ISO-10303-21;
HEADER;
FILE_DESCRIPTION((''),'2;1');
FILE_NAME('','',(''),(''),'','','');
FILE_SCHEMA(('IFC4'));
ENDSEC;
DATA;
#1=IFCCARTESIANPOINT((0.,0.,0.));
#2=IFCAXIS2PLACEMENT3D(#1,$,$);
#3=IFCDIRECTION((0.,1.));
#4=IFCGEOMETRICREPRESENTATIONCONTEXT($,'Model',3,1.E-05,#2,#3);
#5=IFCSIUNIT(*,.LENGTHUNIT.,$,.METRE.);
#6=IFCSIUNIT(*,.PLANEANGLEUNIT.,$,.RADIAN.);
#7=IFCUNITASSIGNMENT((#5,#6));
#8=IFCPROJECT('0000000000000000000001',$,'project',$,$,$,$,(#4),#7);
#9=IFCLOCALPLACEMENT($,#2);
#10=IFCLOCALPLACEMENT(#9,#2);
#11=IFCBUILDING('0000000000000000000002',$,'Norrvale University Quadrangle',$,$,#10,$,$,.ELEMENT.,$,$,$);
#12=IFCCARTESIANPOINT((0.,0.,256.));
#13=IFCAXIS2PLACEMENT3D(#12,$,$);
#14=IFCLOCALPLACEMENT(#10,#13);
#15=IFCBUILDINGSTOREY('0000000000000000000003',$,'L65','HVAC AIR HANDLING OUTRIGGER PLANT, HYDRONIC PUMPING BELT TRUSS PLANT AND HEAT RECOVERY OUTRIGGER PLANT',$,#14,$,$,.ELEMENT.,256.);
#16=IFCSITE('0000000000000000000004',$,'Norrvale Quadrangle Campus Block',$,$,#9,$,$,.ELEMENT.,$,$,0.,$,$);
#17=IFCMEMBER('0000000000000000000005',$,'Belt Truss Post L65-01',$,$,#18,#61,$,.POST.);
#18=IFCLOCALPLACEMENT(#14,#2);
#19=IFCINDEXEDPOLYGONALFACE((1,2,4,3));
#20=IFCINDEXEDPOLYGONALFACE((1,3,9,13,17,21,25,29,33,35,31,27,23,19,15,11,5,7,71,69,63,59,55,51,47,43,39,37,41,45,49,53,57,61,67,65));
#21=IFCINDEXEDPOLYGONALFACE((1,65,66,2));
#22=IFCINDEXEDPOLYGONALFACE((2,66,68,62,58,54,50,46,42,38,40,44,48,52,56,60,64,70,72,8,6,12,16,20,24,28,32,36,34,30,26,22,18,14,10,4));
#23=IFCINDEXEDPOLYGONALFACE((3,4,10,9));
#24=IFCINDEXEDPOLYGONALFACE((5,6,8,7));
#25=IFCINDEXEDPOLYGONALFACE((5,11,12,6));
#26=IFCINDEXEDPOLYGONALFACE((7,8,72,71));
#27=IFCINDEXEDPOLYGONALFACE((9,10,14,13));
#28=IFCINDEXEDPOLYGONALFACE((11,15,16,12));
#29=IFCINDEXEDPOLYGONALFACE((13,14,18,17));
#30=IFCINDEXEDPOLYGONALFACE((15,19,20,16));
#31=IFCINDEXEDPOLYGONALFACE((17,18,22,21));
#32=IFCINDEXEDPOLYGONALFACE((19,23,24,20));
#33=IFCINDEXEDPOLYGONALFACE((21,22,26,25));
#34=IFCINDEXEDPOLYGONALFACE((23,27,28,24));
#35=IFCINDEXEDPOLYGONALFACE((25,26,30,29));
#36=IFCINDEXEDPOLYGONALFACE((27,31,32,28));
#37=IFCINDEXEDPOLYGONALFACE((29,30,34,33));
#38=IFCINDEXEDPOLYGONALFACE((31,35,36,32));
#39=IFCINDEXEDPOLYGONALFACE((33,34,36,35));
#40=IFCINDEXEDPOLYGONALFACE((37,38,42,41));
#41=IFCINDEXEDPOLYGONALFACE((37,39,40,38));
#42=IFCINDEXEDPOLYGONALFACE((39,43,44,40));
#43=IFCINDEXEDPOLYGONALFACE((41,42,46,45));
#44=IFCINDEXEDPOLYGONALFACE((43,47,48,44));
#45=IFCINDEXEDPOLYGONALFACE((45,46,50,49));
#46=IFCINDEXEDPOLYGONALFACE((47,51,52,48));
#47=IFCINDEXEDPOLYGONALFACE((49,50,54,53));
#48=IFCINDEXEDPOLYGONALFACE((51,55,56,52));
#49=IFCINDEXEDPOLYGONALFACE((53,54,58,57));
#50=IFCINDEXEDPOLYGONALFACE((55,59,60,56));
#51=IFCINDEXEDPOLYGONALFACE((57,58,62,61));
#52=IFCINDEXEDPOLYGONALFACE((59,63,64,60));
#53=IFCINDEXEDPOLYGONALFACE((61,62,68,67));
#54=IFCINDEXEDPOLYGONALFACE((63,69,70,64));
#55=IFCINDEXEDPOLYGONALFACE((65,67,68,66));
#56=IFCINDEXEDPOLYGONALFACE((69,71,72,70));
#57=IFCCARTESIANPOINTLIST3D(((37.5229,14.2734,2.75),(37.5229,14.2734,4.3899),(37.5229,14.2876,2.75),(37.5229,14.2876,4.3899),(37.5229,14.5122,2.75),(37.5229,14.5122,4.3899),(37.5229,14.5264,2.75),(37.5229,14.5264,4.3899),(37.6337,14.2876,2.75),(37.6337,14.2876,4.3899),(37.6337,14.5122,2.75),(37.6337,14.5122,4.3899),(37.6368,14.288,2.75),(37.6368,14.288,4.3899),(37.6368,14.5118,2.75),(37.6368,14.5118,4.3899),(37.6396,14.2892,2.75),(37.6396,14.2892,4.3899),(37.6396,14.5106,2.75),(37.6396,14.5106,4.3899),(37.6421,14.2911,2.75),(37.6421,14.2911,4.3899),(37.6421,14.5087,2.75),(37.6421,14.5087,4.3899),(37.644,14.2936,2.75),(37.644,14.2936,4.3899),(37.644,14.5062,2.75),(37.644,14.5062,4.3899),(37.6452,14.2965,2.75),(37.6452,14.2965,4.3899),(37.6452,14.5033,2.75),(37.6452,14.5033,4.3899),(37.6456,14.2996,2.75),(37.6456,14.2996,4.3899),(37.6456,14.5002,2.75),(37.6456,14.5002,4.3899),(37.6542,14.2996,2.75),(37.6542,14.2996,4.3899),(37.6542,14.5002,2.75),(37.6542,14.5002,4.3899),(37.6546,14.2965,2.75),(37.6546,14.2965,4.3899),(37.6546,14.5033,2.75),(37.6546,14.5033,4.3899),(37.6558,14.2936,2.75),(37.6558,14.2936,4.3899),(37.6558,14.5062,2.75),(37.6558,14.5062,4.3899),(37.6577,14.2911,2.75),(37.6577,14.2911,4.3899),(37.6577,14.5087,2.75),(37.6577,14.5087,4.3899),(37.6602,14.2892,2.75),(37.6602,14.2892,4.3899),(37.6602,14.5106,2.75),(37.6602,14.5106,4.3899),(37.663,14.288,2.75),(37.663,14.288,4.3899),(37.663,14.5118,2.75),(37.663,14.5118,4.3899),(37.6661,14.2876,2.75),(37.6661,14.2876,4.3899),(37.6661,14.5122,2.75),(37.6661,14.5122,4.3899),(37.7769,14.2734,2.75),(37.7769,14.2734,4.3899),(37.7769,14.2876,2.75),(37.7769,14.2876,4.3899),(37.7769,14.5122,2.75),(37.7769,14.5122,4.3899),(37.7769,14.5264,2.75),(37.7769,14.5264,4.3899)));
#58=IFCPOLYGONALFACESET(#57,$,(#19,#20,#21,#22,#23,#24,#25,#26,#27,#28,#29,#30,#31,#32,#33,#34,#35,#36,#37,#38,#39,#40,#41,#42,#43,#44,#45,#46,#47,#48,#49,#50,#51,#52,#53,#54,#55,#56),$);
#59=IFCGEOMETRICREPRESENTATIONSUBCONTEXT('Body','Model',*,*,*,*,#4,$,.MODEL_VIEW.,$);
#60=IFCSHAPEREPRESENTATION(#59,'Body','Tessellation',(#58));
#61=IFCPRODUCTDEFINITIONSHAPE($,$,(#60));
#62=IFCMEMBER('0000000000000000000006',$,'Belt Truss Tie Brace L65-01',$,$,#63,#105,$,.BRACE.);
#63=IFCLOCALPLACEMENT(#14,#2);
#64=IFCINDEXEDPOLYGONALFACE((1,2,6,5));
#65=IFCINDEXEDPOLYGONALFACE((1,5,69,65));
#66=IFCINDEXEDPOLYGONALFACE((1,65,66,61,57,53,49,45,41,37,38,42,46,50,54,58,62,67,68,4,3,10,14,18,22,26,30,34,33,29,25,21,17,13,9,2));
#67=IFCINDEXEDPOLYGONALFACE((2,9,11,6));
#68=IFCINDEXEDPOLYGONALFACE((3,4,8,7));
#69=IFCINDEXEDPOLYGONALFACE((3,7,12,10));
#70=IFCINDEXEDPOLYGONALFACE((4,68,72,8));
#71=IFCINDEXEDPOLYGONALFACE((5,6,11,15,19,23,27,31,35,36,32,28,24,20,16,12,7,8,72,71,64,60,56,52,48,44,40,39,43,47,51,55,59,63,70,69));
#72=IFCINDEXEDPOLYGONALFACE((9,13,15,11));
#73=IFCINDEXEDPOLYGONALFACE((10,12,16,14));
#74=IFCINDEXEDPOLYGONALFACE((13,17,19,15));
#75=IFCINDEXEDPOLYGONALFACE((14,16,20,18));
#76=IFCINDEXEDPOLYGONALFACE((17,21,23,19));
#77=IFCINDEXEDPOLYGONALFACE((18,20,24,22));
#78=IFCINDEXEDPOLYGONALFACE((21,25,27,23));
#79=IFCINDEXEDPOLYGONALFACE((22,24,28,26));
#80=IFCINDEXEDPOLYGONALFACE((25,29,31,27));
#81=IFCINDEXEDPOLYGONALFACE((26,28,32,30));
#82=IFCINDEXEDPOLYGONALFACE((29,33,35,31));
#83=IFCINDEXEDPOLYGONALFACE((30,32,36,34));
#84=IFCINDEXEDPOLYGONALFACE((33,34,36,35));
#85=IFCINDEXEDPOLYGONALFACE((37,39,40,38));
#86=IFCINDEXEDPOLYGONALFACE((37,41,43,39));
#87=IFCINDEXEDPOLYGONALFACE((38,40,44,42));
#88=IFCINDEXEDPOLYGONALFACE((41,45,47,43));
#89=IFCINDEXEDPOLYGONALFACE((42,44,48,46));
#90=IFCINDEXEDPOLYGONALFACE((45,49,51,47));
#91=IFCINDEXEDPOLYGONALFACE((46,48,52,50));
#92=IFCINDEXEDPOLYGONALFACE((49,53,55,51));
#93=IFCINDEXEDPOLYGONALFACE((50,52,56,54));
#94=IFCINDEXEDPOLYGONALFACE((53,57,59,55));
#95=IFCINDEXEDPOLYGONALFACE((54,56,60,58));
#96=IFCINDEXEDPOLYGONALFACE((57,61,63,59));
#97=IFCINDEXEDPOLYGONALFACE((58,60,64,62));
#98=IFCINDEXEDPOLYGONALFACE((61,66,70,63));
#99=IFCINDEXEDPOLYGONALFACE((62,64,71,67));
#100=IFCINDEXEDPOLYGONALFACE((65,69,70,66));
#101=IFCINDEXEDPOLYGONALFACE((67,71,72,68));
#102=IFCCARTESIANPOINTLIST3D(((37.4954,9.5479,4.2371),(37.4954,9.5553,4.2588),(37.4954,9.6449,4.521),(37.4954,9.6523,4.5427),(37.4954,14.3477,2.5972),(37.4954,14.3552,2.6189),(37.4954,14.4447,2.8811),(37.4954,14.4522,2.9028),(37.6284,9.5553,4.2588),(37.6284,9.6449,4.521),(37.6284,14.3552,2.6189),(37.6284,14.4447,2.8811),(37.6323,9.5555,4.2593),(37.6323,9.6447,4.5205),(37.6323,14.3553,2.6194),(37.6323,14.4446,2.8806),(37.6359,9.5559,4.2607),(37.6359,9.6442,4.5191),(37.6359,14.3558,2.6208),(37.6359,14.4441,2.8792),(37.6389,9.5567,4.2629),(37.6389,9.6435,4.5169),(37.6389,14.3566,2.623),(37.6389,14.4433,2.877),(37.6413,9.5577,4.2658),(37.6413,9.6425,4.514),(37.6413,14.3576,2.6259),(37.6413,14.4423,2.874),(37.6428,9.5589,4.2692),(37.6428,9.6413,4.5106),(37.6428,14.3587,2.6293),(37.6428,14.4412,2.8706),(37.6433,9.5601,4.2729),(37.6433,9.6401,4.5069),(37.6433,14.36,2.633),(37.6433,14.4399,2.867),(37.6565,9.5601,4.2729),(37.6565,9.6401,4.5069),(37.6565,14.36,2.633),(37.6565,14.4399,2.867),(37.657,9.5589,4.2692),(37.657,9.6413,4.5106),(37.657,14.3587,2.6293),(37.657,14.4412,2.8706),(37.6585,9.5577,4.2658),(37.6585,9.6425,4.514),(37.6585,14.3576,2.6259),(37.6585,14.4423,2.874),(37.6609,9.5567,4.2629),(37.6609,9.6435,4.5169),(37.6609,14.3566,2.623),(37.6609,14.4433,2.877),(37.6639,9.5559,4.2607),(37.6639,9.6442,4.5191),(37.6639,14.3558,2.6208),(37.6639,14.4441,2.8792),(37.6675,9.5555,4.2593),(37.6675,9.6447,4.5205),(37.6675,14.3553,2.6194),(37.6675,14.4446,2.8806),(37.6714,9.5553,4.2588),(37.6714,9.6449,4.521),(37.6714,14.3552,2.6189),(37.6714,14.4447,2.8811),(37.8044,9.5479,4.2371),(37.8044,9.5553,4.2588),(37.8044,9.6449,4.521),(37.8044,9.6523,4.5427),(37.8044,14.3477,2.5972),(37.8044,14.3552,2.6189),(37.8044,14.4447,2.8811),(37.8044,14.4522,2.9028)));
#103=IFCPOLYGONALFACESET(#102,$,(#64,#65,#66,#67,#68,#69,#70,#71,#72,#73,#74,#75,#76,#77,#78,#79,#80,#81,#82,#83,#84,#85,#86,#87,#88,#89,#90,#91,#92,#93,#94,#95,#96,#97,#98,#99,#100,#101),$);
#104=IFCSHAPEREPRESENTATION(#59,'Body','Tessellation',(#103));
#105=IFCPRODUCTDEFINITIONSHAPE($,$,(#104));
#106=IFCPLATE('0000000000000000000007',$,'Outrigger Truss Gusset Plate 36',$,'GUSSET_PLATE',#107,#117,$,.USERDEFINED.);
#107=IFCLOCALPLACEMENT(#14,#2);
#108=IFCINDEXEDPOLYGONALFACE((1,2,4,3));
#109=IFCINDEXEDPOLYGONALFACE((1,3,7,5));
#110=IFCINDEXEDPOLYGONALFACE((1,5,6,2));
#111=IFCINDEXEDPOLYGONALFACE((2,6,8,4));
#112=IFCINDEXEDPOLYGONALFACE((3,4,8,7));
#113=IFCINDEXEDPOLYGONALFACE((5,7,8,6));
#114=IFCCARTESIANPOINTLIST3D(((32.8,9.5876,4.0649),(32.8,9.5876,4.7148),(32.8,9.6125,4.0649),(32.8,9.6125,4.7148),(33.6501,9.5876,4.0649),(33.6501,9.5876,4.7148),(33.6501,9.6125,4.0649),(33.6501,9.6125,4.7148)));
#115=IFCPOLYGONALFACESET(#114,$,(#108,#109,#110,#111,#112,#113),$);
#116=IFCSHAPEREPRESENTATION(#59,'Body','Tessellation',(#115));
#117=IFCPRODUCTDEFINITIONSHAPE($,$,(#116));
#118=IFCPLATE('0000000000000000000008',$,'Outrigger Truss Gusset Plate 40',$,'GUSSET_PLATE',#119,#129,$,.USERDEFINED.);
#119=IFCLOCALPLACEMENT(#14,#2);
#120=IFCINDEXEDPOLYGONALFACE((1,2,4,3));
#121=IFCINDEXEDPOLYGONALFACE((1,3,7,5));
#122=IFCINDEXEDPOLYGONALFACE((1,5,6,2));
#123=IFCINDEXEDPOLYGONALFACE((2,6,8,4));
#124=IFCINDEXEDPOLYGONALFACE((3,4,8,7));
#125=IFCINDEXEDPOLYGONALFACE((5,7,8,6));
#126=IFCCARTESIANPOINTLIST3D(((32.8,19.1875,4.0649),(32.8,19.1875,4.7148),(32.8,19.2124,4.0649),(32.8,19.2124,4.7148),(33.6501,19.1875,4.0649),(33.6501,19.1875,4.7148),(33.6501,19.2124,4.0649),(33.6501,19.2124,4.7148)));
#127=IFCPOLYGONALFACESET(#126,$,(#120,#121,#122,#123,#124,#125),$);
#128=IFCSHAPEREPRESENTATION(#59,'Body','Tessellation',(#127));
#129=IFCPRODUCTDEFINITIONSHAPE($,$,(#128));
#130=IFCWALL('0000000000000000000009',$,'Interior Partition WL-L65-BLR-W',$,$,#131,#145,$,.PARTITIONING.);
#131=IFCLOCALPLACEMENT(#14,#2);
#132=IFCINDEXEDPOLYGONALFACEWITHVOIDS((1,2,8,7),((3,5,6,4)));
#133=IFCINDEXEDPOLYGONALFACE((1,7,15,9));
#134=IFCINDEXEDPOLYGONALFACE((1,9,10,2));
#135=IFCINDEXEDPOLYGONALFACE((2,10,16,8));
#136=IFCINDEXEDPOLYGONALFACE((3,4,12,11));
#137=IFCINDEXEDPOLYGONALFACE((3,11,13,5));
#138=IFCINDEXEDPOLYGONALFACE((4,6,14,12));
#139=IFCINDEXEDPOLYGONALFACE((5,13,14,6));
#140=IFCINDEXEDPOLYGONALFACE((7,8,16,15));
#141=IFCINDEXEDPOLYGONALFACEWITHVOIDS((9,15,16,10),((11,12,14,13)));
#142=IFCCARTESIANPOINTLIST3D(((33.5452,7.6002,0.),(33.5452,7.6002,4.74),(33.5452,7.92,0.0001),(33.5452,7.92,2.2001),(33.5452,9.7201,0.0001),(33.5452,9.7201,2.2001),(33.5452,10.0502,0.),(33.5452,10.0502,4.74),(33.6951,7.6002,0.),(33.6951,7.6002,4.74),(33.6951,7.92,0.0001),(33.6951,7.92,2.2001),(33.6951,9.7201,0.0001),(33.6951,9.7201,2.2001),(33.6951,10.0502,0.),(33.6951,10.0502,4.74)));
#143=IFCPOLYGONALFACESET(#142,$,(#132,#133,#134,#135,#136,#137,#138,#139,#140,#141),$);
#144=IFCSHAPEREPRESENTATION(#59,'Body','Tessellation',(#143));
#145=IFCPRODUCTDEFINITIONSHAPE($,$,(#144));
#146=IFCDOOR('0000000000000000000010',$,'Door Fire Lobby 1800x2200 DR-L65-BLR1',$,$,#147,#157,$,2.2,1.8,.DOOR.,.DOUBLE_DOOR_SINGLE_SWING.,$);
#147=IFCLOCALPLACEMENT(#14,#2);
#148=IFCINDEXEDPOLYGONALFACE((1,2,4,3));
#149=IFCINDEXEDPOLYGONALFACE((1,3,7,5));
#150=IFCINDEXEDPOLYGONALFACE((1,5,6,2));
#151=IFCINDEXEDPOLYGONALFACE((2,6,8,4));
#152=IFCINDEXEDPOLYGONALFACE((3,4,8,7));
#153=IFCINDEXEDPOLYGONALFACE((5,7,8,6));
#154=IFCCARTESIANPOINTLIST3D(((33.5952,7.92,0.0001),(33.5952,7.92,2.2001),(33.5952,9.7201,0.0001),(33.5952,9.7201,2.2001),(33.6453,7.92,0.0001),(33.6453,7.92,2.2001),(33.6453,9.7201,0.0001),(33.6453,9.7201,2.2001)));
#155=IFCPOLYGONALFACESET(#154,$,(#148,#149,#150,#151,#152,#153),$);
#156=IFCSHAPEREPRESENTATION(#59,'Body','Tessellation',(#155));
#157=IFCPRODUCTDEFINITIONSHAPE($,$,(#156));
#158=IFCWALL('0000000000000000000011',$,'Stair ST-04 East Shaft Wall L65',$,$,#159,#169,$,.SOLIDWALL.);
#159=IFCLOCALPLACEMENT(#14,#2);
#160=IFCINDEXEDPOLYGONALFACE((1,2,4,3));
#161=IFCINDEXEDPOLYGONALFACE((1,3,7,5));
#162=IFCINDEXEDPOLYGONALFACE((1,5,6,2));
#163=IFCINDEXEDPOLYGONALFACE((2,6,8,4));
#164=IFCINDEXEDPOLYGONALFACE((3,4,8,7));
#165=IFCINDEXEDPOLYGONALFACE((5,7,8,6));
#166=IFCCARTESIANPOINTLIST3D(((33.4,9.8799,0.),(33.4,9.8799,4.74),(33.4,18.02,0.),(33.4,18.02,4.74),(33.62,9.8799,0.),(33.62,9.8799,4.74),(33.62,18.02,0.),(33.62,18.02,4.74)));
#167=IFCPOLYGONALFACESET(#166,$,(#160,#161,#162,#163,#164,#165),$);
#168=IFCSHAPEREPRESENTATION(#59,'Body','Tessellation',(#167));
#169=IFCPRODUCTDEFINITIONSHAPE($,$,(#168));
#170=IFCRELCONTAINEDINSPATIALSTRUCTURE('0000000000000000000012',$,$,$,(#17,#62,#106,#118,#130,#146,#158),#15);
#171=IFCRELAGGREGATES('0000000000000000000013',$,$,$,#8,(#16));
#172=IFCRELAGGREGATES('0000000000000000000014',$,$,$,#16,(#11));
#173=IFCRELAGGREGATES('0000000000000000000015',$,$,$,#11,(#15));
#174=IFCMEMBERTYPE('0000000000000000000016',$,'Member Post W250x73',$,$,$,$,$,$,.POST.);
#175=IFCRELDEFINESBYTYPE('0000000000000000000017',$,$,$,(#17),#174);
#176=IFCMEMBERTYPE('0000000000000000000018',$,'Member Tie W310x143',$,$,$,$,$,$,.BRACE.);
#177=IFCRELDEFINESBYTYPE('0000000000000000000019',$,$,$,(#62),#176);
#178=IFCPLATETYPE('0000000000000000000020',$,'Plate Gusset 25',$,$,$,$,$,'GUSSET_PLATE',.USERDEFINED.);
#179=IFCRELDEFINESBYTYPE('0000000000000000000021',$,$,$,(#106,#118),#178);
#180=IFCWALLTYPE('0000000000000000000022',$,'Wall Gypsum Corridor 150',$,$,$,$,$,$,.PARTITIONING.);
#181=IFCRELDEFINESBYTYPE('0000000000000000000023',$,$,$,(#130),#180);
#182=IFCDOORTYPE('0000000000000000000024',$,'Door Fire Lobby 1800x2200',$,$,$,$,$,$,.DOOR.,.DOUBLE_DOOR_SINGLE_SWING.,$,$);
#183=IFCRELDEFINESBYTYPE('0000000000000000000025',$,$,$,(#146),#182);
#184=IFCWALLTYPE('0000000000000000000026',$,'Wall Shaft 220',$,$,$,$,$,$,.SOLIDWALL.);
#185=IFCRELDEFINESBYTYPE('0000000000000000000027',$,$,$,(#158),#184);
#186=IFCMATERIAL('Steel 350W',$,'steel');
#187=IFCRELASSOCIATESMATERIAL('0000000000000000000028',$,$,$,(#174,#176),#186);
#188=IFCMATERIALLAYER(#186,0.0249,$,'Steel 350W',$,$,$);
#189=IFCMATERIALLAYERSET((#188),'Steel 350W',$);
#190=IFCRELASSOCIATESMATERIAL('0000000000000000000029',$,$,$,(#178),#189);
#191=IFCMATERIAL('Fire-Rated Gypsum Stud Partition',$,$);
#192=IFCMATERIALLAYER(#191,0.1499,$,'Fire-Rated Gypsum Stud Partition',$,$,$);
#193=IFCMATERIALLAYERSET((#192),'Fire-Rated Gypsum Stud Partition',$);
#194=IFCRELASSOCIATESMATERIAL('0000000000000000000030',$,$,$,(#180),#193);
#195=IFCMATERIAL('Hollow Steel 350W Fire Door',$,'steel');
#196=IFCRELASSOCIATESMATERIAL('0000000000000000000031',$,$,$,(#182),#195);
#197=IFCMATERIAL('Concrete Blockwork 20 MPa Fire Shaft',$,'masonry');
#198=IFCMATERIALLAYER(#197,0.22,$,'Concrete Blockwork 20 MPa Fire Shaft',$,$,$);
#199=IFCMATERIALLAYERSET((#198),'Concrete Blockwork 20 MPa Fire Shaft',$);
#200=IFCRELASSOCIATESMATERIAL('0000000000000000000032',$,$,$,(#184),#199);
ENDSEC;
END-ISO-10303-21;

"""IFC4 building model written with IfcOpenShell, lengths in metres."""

from ifc_helpers import new_model, si_unit, direction, frame, frame_2d, origin, origin_2d, place, context, subcontext, project, spatial, rectangle, i_section, extrude, material, layer, layer_set, material_profile, profile_set, type_object, element, fill, save


model = new_model("IFC4")

# Units and contexts
model_context = context("Model", 3, precision=1e-05, world=origin(), true_north=direction((0.0, 1.0)))
body_context = subcontext(model_context, "Body", "Model", "MODEL_VIEW")
ifc_project = project(units=[si_unit("LENGTHUNIT", "METRE"), si_unit("PLANEANGLEUNIT", "RADIAN")], contexts=[model_context])

# Site, building, storey
site_placement = place(None, origin())
site = spatial("IfcSite", under=ifc_project, at=site_placement, Name="Norrvale Quadrangle Campus Block", CompositionType="ELEMENT", RefElevation=0.0)
building_placement = place(site_placement, origin())
building = spatial("IfcBuilding", under=site, at=building_placement, Name="Norrvale University Quadrangle", CompositionType="ELEMENT")
storey_placement = place(building_placement, frame((0.0, 0.0, 256.0)))
storey = spatial("IfcBuildingStorey", under=building, at=storey_placement, Name="L65", Description="HVAC AIR HANDLING OUTRIGGER PLANT, HYDRONIC PUMPING BELT TRUSS PLANT AND HEAT RECOVERY OUTRIGGER PLANT", CompositionType="ELEMENT", Elevation=256.0)

# Shared definitions
ifc_material_1 = material(Name="Steel 350W", Category="steel")

# Members
ifc_material_profile_1 = material_profile(ifc_material_1, i_section(OverallWidth=0.2539, OverallDepth=0.2529, WebThickness=0.0085, FlangeThickness=0.0142, FilletRadius=0.012, at=origin_2d()), Name="Steel 350W")
ifc_profile_set_1 = profile_set([ifc_material_profile_1], Name="Steel 350W")
member_type_1 = type_object("IfcMemberType", Name="Member Post W250x73", PredefinedType="POST", material=ifc_profile_set_1)
member_1_placement = place(storey_placement, frame((37.6499, 14.3999, 2.75), z_axis=(0.0, 0.0, 1.0), x_axis=(1.0, 0.0, 0.0)))
element("IfcMember", 1, at=member_1_placement, inside=storey, type_object=member_type_1, Name="Belt Truss Post L65-01", PredefinedType="POST", context=body_context, shape_type="SweptSolid", body=[
    extrude(i_section(OverallWidth=0.2539, OverallDepth=0.2529, WebThickness=0.0085, FlangeThickness=0.0142, FilletRadius=0.012, at=origin_2d()), origin(), (0.0, 0.0, 1.0), 1.6399),
])
ifc_material_profile_2 = material_profile(ifc_material_1, i_section(OverallWidth=0.3091, OverallDepth=0.323, WebThickness=0.0132, FlangeThickness=0.0229, FilletRadius=0.0149, at=origin_2d()), Name="Steel 350W")
ifc_profile_set_2 = profile_set([ifc_material_profile_2], Name="Steel 350W")
member_type_2 = type_object("IfcMemberType", Name="Member Tie W310x143", PredefinedType="BRACE", material=ifc_profile_set_2)
member_2_placement = place(storey_placement, frame((37.6499, 9.6001, 4.3899), z_axis=(0.0, 0.946293, -0.323309), x_axis=(-1.0, 0.0, 0.0)))
element("IfcMember", 2, at=member_2_placement, inside=storey, type_object=member_type_2, Name="Belt Truss Tie Brace L65-01", PredefinedType="BRACE", context=body_context, shape_type="SweptSolid", body=[
    extrude(i_section(OverallWidth=0.3091, OverallDepth=0.323, WebThickness=0.0132, FlangeThickness=0.0229, FilletRadius=0.0149, at=origin_2d()), origin(), (0.0, 0.0, 1.0), 5.0723),
])

# Plates
ifc_layer_1 = layer(ifc_material_1, 0.0249, Name="Steel 350W")
ifc_layer_set_1 = layer_set([ifc_layer_1], Name="Steel 350W")
plate_type = type_object("IfcPlateType", Name="Plate Gusset 25", ElementType="GUSSET_PLATE", PredefinedType="USERDEFINED", material=ifc_layer_set_1)
for number, where, z_axis, x_axis, name in (
    (3, (33.2251, 9.6001, 4.0649), (0.0, 0.0, 1.0), (1.0, 0.0, 0.0), "Outrigger Truss Gusset Plate 36"),
    (4, (33.2251, 19.2, 4.0649), (0.0, 0.0, 1.0), (1.0, 0.0, 0.0), "Outrigger Truss Gusset Plate 40"),
):
    element("IfcPlate", number, at=place(storey_placement, frame(where, z_axis=z_axis, x_axis=x_axis)), inside=storey, type_object=plate_type, Name=name, ObjectType="GUSSET_PLATE", PredefinedType="USERDEFINED", context=body_context, shape_type="SweptSolid", body=[
        extrude(rectangle(XDim=0.8501, YDim=0.0249, at=origin_2d()), origin(), (0.0, 0.0, 1.0), 0.6499),
    ])

# Wall, opening, door
ifc_material_2 = material(Name="Fire-Rated Gypsum Stud Partition")
ifc_layer_2 = layer(ifc_material_2, 0.1499, Name="Fire-Rated Gypsum Stud Partition")
ifc_layer_set_2 = layer_set([ifc_layer_2], Name="Fire-Rated Gypsum Stud Partition")
wall_type_1 = type_object("IfcWallType", Name="Wall Gypsum Corridor 150", PredefinedType="PARTITIONING", material=ifc_layer_set_2)
wall_1_placement = place(storey_placement, frame((33.6201, 7.6001, 0.0), z_axis=(0.0, 0.0, 1.0), x_axis=(0.0, 1.0, 0.0)))
wall_1 = element("IfcWall", 5, at=wall_1_placement, inside=storey, type_object=wall_type_1, Name="Interior Partition WL-L65-BLR-W", PredefinedType="PARTITIONING", context=body_context, shape_type="SweptSolid", body=[
    extrude(rectangle(XDim=2.45, YDim=0.1499, at=frame_2d((1.2251, 0.0))), origin(), (0.0, 0.0, 1.0), 4.74),
])
opening_placement = place(wall_1_placement, frame((0.3201, 0.0, 0.0)))
opening = element("IfcOpeningElement", 6, at=opening_placement, cuts=wall_1, PredefinedType="OPENING", context=body_context, shape_type="SweptSolid", body=[
    extrude(rectangle(XDim=1.8, YDim=2.2, at=frame_2d((0.8999, 1.1001))), frame((0.0, 0.0869, 0.0), z_axis=(0.0, -1.0, 0.0), x_axis=(1.0, 0.0, 0.0)), (0.0, 0.0, 1.0), 0.1738),
])
ifc_material_3 = material(Name="Hollow Steel 350W Fire Door", Category="steel")
door_type = type_object("IfcDoorType", Name="Door Fire Lobby 1800x2200", OperationType="DOUBLE_DOOR_SINGLE_SWING", PredefinedType="DOOR", material=ifc_material_3)
door_placement = place(opening_placement, origin())
door = element("IfcDoor", 7, at=door_placement, inside=storey, type_object=door_type, Name="Door Fire Lobby 1800x2200 DR-L65-BLR1", OperationType="DOUBLE_DOOR_SINGLE_SWING", OverallHeight=2.2, OverallWidth=1.8, PredefinedType="DOOR", context=body_context, shape_type="SweptSolid", body=[
    extrude(rectangle(XDim=1.8, YDim=2.2, at=frame_2d((0.8999, 1.1001))), frame((0.0, 0.0249, 0.0), z_axis=(0.0, -1.0, 0.0), x_axis=(1.0, 0.0, 0.0)), (0.0, 0.0, 1.0), 0.05),
])
fill(opening, door)

# Wall
ifc_material_4 = material(Name="Concrete Blockwork 20 MPa Fire Shaft", Category="masonry")
ifc_layer_3 = layer(ifc_material_4, 0.22, Name="Concrete Blockwork 20 MPa Fire Shaft")
ifc_layer_set_3 = layer_set([ifc_layer_3], Name="Concrete Blockwork 20 MPa Fire Shaft")
wall_type_2 = type_object("IfcWallType", Name="Wall Shaft 220", PredefinedType="SOLIDWALL", material=ifc_layer_set_3)
wall_2_placement = place(storey_placement, frame((33.51, 9.8799, 0.0), z_axis=(0.0, 0.0, 1.0), x_axis=(0.0, 1.0, 0.0)))
element("IfcWall", 8, at=wall_2_placement, inside=storey, type_object=wall_type_2, Name="Stair ST-04 East Shaft Wall L65", PredefinedType="SOLIDWALL", context=body_context, shape_type="SweptSolid", body=[
    extrude(rectangle(XDim=8.1401, YDim=0.22, at=frame_2d((4.0701, 0.0))), origin(), (0.0, 0.0, 1.0), 4.74),
])

save(model, "model.ifc")
